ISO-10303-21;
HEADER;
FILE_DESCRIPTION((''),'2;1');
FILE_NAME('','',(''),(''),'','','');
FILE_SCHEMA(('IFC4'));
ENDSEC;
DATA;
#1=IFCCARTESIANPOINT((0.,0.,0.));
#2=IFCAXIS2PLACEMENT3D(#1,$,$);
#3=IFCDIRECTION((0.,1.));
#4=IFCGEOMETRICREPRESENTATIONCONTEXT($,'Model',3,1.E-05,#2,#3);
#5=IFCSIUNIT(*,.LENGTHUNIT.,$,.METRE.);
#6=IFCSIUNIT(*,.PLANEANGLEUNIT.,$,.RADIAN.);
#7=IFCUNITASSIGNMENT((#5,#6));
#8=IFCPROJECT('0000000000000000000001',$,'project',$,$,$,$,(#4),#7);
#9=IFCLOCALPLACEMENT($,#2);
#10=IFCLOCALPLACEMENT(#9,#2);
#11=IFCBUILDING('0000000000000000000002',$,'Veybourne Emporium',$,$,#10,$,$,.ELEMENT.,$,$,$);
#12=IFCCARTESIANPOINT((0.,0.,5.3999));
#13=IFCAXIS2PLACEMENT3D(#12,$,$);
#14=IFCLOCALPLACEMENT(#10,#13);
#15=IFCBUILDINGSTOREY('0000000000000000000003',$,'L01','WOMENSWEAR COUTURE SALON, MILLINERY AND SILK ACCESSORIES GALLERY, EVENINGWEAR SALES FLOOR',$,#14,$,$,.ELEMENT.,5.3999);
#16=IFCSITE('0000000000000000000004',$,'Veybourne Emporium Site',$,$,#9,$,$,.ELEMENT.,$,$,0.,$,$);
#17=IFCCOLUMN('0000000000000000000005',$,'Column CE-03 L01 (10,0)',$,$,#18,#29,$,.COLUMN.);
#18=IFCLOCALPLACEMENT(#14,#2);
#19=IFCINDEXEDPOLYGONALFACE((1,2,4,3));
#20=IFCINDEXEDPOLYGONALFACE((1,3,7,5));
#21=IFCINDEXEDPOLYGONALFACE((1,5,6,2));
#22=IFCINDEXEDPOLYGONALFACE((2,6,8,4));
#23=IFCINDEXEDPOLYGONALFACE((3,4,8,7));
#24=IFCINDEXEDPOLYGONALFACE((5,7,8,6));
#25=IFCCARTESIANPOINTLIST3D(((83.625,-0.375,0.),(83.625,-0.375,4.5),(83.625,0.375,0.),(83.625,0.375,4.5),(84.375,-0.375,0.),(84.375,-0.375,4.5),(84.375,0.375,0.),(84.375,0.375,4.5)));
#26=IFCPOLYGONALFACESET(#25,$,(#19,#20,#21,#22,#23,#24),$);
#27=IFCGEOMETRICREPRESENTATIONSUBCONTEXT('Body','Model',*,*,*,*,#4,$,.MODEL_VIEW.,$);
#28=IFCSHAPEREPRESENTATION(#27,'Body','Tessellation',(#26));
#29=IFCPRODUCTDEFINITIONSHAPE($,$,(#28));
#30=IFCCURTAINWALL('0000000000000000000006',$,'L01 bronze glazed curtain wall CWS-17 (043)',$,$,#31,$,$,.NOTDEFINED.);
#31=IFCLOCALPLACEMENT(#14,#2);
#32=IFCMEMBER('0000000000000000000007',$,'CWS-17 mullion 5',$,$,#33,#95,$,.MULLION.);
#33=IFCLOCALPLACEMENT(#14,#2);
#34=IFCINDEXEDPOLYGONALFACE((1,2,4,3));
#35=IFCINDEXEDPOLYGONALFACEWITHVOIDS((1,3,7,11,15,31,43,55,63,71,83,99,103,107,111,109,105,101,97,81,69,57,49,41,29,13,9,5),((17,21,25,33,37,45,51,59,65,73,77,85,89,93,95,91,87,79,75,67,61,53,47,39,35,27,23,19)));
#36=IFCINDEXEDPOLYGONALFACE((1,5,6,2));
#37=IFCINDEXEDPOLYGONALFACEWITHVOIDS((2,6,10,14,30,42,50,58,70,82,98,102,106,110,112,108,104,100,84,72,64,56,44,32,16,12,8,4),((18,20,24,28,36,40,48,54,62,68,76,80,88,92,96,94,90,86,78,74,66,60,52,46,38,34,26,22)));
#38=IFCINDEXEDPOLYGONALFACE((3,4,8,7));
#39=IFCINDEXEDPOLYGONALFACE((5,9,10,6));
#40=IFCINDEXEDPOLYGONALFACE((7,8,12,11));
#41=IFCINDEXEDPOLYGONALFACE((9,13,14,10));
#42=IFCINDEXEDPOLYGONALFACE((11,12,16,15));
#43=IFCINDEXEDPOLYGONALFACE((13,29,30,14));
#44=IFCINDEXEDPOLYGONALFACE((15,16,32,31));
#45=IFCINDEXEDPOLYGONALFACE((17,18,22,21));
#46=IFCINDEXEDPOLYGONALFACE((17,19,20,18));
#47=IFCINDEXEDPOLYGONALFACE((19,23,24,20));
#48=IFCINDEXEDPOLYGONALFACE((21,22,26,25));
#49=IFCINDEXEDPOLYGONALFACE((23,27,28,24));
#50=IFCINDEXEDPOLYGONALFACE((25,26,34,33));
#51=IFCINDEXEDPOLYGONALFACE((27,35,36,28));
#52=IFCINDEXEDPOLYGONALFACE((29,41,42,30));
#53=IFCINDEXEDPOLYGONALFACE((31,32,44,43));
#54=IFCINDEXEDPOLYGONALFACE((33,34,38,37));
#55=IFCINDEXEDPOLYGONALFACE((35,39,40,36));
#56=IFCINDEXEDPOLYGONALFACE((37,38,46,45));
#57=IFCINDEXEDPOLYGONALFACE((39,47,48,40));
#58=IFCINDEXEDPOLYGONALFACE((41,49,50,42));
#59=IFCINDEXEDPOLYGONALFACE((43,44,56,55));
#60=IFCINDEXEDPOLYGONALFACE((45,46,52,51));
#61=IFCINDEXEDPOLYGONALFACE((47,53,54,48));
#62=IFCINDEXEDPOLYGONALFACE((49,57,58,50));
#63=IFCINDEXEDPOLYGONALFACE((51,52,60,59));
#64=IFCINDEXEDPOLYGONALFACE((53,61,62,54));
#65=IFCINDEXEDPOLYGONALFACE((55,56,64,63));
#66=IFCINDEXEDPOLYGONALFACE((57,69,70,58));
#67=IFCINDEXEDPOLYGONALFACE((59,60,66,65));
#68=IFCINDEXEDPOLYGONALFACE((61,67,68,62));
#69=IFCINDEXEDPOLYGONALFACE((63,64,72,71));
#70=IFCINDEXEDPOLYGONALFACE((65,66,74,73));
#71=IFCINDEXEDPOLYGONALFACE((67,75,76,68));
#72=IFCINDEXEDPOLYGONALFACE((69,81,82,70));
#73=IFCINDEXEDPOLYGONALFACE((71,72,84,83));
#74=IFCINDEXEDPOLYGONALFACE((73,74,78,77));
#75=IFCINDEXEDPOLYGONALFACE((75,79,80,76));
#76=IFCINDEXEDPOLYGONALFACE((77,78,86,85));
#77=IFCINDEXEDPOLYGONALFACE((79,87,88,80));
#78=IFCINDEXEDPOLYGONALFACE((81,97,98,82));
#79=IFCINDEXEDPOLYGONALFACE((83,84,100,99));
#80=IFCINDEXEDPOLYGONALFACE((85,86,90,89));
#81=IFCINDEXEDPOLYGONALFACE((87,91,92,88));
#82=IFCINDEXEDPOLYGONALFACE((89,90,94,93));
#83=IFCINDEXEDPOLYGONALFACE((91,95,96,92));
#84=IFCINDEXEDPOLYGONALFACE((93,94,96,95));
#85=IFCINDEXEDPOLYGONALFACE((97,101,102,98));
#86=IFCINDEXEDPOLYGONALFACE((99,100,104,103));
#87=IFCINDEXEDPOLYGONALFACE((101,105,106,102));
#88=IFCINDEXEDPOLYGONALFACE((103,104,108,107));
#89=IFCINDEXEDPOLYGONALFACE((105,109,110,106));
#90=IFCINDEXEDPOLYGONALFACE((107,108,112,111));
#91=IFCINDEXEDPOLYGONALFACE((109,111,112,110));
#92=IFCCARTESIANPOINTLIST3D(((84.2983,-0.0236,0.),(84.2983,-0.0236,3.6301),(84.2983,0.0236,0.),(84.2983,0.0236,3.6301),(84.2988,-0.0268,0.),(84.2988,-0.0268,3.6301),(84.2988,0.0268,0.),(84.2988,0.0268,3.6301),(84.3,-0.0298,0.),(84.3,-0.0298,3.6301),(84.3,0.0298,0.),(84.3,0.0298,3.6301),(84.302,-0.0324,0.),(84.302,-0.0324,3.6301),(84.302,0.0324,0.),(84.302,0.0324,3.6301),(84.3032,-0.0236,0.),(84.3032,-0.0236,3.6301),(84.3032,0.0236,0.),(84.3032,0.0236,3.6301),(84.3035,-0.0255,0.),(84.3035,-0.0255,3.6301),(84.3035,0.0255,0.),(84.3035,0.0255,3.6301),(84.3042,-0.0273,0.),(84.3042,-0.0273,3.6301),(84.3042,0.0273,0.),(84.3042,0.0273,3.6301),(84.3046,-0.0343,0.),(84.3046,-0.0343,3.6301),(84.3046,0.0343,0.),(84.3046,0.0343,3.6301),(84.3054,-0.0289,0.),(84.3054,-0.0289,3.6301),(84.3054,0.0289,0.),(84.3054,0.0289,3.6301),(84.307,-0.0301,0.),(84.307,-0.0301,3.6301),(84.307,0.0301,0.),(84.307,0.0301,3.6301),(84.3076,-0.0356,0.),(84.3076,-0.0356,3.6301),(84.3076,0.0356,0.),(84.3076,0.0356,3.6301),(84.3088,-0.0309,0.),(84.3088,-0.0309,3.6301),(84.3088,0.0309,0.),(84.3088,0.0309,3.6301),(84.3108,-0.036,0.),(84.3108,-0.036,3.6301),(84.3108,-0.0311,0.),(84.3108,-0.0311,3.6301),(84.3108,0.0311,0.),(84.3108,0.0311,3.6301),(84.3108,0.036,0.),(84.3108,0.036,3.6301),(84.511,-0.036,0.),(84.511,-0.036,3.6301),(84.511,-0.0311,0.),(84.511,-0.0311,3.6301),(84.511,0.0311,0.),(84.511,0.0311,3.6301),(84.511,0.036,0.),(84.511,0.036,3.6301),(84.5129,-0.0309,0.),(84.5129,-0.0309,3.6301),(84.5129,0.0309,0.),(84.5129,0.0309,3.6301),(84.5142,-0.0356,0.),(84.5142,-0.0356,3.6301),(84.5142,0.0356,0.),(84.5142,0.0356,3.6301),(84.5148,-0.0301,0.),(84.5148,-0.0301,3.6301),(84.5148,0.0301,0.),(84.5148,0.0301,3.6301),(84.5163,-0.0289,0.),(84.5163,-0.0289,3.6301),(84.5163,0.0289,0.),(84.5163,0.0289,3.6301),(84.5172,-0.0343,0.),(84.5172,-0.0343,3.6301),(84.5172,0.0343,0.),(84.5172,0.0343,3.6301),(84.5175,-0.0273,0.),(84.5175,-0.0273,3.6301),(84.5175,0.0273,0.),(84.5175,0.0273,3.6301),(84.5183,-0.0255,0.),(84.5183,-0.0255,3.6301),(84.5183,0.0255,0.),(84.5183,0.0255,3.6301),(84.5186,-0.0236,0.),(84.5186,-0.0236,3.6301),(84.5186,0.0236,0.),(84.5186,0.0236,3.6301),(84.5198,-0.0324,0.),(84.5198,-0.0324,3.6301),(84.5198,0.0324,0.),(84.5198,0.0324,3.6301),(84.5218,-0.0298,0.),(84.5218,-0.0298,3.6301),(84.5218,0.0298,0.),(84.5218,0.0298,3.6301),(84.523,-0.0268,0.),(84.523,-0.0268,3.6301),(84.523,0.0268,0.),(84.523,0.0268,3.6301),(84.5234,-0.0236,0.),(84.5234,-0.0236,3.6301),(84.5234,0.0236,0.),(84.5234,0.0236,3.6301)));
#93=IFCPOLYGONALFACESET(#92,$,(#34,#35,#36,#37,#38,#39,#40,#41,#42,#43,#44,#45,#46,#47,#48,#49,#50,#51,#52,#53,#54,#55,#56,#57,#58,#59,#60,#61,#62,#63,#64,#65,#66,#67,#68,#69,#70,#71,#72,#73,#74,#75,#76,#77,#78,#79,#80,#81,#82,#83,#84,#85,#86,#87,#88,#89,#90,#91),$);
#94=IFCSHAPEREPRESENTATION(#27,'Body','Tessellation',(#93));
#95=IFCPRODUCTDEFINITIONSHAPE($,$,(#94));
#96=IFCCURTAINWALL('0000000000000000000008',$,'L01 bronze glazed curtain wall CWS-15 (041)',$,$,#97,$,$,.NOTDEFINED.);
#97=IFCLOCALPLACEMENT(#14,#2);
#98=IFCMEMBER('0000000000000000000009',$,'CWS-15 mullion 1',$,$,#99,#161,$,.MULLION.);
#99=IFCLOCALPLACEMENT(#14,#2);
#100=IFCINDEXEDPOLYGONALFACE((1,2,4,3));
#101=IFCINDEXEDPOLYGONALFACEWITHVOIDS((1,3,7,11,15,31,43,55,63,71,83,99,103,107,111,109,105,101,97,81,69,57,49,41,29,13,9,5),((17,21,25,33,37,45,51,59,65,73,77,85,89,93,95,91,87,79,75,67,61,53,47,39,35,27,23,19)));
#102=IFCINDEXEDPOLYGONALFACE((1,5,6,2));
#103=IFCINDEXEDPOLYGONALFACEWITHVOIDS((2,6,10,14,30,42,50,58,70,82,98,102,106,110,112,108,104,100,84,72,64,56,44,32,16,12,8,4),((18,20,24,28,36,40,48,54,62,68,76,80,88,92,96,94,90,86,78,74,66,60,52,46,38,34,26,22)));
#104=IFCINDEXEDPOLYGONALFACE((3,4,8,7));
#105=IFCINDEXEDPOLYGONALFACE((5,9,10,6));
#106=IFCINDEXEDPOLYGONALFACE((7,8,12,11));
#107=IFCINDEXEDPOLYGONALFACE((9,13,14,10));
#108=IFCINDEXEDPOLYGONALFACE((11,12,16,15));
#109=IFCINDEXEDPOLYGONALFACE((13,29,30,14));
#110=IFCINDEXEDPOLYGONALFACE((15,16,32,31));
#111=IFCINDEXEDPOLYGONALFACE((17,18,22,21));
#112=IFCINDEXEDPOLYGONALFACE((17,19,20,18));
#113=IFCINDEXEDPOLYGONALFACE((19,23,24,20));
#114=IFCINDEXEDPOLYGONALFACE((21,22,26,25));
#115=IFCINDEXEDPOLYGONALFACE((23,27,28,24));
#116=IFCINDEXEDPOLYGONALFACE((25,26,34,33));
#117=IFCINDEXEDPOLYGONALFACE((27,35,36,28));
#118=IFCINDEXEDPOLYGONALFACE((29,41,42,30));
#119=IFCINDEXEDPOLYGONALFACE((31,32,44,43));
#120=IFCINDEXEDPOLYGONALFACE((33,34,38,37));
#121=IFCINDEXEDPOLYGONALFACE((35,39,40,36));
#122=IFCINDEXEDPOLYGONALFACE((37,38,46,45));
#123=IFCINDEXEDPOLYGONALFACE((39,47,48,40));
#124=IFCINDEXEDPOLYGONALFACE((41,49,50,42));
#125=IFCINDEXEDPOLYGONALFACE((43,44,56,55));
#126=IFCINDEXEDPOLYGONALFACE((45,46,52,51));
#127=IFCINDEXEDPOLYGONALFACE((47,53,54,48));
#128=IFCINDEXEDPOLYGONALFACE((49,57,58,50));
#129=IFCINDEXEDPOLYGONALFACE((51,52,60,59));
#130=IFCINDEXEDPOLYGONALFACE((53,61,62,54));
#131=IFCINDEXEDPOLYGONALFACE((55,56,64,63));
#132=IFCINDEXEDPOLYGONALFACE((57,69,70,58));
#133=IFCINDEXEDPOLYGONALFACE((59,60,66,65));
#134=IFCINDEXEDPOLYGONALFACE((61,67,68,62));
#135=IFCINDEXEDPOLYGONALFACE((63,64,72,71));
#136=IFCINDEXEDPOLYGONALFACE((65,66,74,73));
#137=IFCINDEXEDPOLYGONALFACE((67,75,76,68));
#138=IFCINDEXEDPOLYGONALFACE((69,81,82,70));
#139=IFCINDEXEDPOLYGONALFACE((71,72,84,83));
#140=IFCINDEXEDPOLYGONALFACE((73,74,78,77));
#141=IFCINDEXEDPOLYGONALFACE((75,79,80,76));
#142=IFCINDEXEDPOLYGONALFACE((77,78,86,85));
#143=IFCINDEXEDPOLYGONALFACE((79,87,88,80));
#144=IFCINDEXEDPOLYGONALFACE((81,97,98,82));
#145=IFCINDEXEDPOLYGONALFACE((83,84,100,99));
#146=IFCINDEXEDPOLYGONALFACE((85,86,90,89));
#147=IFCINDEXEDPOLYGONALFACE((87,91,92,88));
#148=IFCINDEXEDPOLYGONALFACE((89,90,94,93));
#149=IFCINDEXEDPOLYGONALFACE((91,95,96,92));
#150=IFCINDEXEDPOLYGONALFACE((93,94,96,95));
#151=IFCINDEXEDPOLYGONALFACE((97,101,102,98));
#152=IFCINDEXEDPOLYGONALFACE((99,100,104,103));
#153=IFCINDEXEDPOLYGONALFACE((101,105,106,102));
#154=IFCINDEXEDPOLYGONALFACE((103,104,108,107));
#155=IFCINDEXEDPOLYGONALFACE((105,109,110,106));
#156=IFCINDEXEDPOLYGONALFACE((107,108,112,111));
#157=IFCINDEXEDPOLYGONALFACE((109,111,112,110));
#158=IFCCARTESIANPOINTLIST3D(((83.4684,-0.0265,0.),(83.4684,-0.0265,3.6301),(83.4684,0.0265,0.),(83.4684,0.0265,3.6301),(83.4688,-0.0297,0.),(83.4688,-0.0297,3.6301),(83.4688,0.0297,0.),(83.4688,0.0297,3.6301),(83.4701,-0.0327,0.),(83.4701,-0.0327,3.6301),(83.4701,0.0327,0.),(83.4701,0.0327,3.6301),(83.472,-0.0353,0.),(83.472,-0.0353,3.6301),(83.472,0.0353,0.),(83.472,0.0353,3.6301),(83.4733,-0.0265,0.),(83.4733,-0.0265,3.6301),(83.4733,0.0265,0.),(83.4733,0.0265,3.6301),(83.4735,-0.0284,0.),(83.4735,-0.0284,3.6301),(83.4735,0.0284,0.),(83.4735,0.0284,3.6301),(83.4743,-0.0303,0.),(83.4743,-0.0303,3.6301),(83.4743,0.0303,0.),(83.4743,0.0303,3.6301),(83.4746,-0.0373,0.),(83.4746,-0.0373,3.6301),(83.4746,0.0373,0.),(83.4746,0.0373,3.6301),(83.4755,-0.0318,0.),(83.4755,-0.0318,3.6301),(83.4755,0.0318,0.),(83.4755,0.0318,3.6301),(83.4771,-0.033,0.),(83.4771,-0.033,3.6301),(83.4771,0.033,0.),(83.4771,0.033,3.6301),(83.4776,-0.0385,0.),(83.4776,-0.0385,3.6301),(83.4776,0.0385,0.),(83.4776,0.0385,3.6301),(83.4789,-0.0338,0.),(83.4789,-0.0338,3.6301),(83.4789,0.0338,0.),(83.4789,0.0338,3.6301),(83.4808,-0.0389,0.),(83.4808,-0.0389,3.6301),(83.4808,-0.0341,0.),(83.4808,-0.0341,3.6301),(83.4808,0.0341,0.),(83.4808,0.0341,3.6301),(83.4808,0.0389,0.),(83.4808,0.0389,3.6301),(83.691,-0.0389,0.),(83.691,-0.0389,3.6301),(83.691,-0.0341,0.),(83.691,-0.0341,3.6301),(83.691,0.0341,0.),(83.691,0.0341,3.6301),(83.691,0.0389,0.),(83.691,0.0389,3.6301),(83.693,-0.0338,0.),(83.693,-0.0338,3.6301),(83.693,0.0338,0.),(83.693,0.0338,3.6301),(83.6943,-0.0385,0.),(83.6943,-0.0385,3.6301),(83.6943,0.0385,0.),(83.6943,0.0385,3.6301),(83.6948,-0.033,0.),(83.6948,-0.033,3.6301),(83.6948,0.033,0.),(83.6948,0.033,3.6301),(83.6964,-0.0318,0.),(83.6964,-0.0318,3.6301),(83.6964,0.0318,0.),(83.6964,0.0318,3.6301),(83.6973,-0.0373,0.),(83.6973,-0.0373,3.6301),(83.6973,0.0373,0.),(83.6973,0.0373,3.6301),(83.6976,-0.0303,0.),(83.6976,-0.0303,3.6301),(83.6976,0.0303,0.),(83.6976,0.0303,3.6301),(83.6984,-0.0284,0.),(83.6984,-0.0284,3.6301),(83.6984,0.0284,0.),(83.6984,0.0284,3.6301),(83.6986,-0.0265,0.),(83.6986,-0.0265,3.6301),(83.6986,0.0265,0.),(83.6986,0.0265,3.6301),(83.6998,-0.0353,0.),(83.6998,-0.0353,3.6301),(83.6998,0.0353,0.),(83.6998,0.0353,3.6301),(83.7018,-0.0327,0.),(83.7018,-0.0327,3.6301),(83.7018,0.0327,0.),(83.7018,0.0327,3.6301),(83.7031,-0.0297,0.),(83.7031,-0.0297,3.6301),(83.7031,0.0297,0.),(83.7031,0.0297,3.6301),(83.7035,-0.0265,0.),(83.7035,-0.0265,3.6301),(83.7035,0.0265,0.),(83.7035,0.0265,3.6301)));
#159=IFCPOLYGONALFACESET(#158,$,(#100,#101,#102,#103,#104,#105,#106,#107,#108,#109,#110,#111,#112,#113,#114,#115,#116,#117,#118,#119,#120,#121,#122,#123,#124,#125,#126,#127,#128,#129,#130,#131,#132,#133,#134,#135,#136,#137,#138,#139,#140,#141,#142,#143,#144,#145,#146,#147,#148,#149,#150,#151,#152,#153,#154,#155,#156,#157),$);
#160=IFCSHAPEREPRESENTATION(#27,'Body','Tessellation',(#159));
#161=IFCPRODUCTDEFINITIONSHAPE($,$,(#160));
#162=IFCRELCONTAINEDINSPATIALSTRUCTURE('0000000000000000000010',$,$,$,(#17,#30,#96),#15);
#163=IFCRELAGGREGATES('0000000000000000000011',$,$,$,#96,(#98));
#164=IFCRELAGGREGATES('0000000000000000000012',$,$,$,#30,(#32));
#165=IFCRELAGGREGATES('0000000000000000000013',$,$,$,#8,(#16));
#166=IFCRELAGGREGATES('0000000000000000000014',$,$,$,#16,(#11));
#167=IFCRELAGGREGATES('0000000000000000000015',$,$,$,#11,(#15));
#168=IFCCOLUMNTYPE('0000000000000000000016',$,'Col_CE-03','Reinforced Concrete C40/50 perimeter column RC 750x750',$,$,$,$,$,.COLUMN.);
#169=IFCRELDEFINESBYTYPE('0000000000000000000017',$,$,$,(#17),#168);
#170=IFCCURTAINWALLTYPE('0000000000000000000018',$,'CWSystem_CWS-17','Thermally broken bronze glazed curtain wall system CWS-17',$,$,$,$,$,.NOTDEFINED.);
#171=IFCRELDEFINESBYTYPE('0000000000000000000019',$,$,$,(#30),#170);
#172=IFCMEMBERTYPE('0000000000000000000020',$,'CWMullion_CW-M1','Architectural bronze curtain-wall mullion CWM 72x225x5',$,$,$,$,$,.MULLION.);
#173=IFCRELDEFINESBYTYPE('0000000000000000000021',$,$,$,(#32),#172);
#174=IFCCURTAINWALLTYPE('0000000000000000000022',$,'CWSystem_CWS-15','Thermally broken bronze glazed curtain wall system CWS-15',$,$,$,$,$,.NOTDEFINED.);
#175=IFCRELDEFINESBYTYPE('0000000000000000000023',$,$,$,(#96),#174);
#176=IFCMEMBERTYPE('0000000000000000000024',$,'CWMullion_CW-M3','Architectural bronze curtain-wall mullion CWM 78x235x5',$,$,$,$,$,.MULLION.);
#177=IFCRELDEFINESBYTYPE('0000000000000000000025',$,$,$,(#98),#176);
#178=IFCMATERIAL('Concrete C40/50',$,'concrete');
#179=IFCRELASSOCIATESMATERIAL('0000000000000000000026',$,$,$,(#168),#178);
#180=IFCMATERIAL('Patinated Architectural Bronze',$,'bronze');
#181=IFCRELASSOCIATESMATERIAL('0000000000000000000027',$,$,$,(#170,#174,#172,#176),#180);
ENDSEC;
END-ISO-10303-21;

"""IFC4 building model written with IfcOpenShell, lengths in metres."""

from ifc_helpers import new_model, si_unit, direction, frame, origin, origin_2d, place, context, subcontext, project, spatial, rectangle, hollow_rectangle, extrude, material, material_profile, profile_set, type_object, element, aggregate, save


model = new_model("IFC4")

# Units and contexts
model_context = context("Model", 3, precision=1e-05, world=origin(), true_north=direction((0.0, 1.0)))
body_context = subcontext(model_context, "Body", "Model", "MODEL_VIEW")
ifc_project = project(units=[si_unit("LENGTHUNIT", "METRE"), si_unit("PLANEANGLEUNIT", "RADIAN")], contexts=[model_context])

# Site, building, storey
site_placement = place(None, origin())
site = spatial("IfcSite", under=ifc_project, at=site_placement, Name="Veybourne Emporium Site", CompositionType="ELEMENT", RefElevation=0.0)
building_placement = place(site_placement, origin())
building = spatial("IfcBuilding", under=site, at=building_placement, Name="Veybourne Emporium", CompositionType="ELEMENT")
storey_placement = place(building_placement, frame((0.0, 0.0, 5.3999)))
storey = spatial("IfcBuildingStorey", under=building, at=storey_placement, Name="L01", Description="WOMENSWEAR COUTURE SALON, MILLINERY AND SILK ACCESSORIES GALLERY, EVENINGWEAR SALES FLOOR", CompositionType="ELEMENT", Elevation=5.3999)

# Column
ifc_material_1 = material(Name="Concrete C40/50", Category="concrete")
ifc_material_profile_1 = material_profile(ifc_material_1, rectangle(XDim=0.75, YDim=0.75, at=origin_2d()), Name="RC 750x750")
ifc_profile_set_1 = profile_set([ifc_material_profile_1], Name="Concrete C40/50")
column_type = type_object("IfcColumnType", Name="Col_CE-03", Description="Reinforced Concrete C40/50 perimeter column RC 750x750", PredefinedType="COLUMN", material=ifc_profile_set_1)
column_placement = place(storey_placement, frame((84.0, 0.0, 0.0), z_axis=(0.0, 0.0, 1.0), x_axis=(1.0, 0.0, 0.0)))
element("IfcColumn", 1, at=column_placement, inside=storey, type_object=column_type, Name="Column CE-03 L01 (10,0)", PredefinedType="COLUMN", context=body_context, shape_type="SweptSolid", body=[
    extrude(rectangle(XDim=0.75, YDim=0.75, at=origin_2d()), origin(), (0.0, 0.0, 1.0), 4.5),
])

# Curtain wall, member
ifc_material_2 = material(Name="Patinated Architectural Bronze", Category="bronze")
curtain_wall_type_1 = type_object("IfcCurtainWallType", Name="CWSystem_CWS-17", Description="Thermally broken bronze glazed curtain wall system CWS-17", PredefinedType="NOTDEFINED", material=ifc_material_2)
curtain_wall_1_placement = place(storey_placement, origin())
curtain_wall_1 = element("IfcCurtainWall", 2, at=curtain_wall_1_placement, inside=storey, type_object=curtain_wall_type_1, Name="L01 bronze glazed curtain wall CWS-17 (043)", PredefinedType="NOTDEFINED")
ifc_material_profile_2 = material_profile(ifc_material_2, hollow_rectangle(XDim=0.072, YDim=0.2251, WallThickness=0.0049, InnerFilletRadius=0.0076, OuterFilletRadius=0.0125, at=origin_2d()), Name="CWM 72x225x5")
ifc_profile_set_2 = profile_set([ifc_material_profile_2], Name="Patinated Architectural Bronze")
member_type_1 = type_object("IfcMemberType", Name="CWMullion_CW-M1", Description="Architectural bronze curtain-wall mullion CWM 72x225x5", PredefinedType="MULLION", material=ifc_profile_set_2)
member_1_placement = place(storey_placement, frame((84.4109, 0.0, 0.0), z_axis=(0.0, 0.0, 1.0), x_axis=(0.0, -1.0, 0.0)))
member_1 = element("IfcMember", 3, at=member_1_placement, type_object=member_type_1, Name="CWS-17 mullion 5", PredefinedType="MULLION", context=body_context, shape_type="SweptSolid", body=[
    extrude(hollow_rectangle(XDim=0.072, YDim=0.2251, WallThickness=0.0049, InnerFilletRadius=0.0076, OuterFilletRadius=0.0125, at=origin_2d()), origin(), (0.0, 0.0, 1.0), 3.6301),
])

# Curtain wall, member
curtain_wall_type_2 = type_object("IfcCurtainWallType", Name="CWSystem_CWS-15", Description="Thermally broken bronze glazed curtain wall system CWS-15", PredefinedType="NOTDEFINED", material=ifc_material_2)
curtain_wall_2_placement = place(storey_placement, origin())
curtain_wall_2 = element("IfcCurtainWall", 4, at=curtain_wall_2_placement, inside=storey, type_object=curtain_wall_type_2, Name="L01 bronze glazed curtain wall CWS-15 (041)", PredefinedType="NOTDEFINED")
ifc_material_profile_3 = material_profile(ifc_material_2, hollow_rectangle(XDim=0.0779, YDim=0.2351, WallThickness=0.0049, InnerFilletRadius=0.0076, OuterFilletRadius=0.0125, at=origin_2d()), Name="CWM 78x235x5")
ifc_profile_set_3 = profile_set([ifc_material_profile_3], Name="Patinated Architectural Bronze")
member_type_2 = type_object("IfcMemberType", Name="CWMullion_CW-M3", Description="Architectural bronze curtain-wall mullion CWM 78x235x5", PredefinedType="MULLION", material=ifc_profile_set_3)
member_2_placement = place(storey_placement, frame((83.5859, 0.0, 0.0), z_axis=(0.0, 0.0, 1.0), x_axis=(0.0, -1.0, 0.0)))
member_2 = element("IfcMember", 5, at=member_2_placement, type_object=member_type_2, Name="CWS-15 mullion 1", PredefinedType="MULLION", context=body_context, shape_type="SweptSolid", body=[
    extrude(hollow_rectangle(XDim=0.0779, YDim=0.2351, WallThickness=0.0049, InnerFilletRadius=0.0076, OuterFilletRadius=0.0125, at=origin_2d()), origin(), (0.0, 0.0, 1.0), 3.6301),
])

aggregate(curtain_wall_2, [member_2])
aggregate(curtain_wall_1, [member_1])

save(model, "model.ifc")
